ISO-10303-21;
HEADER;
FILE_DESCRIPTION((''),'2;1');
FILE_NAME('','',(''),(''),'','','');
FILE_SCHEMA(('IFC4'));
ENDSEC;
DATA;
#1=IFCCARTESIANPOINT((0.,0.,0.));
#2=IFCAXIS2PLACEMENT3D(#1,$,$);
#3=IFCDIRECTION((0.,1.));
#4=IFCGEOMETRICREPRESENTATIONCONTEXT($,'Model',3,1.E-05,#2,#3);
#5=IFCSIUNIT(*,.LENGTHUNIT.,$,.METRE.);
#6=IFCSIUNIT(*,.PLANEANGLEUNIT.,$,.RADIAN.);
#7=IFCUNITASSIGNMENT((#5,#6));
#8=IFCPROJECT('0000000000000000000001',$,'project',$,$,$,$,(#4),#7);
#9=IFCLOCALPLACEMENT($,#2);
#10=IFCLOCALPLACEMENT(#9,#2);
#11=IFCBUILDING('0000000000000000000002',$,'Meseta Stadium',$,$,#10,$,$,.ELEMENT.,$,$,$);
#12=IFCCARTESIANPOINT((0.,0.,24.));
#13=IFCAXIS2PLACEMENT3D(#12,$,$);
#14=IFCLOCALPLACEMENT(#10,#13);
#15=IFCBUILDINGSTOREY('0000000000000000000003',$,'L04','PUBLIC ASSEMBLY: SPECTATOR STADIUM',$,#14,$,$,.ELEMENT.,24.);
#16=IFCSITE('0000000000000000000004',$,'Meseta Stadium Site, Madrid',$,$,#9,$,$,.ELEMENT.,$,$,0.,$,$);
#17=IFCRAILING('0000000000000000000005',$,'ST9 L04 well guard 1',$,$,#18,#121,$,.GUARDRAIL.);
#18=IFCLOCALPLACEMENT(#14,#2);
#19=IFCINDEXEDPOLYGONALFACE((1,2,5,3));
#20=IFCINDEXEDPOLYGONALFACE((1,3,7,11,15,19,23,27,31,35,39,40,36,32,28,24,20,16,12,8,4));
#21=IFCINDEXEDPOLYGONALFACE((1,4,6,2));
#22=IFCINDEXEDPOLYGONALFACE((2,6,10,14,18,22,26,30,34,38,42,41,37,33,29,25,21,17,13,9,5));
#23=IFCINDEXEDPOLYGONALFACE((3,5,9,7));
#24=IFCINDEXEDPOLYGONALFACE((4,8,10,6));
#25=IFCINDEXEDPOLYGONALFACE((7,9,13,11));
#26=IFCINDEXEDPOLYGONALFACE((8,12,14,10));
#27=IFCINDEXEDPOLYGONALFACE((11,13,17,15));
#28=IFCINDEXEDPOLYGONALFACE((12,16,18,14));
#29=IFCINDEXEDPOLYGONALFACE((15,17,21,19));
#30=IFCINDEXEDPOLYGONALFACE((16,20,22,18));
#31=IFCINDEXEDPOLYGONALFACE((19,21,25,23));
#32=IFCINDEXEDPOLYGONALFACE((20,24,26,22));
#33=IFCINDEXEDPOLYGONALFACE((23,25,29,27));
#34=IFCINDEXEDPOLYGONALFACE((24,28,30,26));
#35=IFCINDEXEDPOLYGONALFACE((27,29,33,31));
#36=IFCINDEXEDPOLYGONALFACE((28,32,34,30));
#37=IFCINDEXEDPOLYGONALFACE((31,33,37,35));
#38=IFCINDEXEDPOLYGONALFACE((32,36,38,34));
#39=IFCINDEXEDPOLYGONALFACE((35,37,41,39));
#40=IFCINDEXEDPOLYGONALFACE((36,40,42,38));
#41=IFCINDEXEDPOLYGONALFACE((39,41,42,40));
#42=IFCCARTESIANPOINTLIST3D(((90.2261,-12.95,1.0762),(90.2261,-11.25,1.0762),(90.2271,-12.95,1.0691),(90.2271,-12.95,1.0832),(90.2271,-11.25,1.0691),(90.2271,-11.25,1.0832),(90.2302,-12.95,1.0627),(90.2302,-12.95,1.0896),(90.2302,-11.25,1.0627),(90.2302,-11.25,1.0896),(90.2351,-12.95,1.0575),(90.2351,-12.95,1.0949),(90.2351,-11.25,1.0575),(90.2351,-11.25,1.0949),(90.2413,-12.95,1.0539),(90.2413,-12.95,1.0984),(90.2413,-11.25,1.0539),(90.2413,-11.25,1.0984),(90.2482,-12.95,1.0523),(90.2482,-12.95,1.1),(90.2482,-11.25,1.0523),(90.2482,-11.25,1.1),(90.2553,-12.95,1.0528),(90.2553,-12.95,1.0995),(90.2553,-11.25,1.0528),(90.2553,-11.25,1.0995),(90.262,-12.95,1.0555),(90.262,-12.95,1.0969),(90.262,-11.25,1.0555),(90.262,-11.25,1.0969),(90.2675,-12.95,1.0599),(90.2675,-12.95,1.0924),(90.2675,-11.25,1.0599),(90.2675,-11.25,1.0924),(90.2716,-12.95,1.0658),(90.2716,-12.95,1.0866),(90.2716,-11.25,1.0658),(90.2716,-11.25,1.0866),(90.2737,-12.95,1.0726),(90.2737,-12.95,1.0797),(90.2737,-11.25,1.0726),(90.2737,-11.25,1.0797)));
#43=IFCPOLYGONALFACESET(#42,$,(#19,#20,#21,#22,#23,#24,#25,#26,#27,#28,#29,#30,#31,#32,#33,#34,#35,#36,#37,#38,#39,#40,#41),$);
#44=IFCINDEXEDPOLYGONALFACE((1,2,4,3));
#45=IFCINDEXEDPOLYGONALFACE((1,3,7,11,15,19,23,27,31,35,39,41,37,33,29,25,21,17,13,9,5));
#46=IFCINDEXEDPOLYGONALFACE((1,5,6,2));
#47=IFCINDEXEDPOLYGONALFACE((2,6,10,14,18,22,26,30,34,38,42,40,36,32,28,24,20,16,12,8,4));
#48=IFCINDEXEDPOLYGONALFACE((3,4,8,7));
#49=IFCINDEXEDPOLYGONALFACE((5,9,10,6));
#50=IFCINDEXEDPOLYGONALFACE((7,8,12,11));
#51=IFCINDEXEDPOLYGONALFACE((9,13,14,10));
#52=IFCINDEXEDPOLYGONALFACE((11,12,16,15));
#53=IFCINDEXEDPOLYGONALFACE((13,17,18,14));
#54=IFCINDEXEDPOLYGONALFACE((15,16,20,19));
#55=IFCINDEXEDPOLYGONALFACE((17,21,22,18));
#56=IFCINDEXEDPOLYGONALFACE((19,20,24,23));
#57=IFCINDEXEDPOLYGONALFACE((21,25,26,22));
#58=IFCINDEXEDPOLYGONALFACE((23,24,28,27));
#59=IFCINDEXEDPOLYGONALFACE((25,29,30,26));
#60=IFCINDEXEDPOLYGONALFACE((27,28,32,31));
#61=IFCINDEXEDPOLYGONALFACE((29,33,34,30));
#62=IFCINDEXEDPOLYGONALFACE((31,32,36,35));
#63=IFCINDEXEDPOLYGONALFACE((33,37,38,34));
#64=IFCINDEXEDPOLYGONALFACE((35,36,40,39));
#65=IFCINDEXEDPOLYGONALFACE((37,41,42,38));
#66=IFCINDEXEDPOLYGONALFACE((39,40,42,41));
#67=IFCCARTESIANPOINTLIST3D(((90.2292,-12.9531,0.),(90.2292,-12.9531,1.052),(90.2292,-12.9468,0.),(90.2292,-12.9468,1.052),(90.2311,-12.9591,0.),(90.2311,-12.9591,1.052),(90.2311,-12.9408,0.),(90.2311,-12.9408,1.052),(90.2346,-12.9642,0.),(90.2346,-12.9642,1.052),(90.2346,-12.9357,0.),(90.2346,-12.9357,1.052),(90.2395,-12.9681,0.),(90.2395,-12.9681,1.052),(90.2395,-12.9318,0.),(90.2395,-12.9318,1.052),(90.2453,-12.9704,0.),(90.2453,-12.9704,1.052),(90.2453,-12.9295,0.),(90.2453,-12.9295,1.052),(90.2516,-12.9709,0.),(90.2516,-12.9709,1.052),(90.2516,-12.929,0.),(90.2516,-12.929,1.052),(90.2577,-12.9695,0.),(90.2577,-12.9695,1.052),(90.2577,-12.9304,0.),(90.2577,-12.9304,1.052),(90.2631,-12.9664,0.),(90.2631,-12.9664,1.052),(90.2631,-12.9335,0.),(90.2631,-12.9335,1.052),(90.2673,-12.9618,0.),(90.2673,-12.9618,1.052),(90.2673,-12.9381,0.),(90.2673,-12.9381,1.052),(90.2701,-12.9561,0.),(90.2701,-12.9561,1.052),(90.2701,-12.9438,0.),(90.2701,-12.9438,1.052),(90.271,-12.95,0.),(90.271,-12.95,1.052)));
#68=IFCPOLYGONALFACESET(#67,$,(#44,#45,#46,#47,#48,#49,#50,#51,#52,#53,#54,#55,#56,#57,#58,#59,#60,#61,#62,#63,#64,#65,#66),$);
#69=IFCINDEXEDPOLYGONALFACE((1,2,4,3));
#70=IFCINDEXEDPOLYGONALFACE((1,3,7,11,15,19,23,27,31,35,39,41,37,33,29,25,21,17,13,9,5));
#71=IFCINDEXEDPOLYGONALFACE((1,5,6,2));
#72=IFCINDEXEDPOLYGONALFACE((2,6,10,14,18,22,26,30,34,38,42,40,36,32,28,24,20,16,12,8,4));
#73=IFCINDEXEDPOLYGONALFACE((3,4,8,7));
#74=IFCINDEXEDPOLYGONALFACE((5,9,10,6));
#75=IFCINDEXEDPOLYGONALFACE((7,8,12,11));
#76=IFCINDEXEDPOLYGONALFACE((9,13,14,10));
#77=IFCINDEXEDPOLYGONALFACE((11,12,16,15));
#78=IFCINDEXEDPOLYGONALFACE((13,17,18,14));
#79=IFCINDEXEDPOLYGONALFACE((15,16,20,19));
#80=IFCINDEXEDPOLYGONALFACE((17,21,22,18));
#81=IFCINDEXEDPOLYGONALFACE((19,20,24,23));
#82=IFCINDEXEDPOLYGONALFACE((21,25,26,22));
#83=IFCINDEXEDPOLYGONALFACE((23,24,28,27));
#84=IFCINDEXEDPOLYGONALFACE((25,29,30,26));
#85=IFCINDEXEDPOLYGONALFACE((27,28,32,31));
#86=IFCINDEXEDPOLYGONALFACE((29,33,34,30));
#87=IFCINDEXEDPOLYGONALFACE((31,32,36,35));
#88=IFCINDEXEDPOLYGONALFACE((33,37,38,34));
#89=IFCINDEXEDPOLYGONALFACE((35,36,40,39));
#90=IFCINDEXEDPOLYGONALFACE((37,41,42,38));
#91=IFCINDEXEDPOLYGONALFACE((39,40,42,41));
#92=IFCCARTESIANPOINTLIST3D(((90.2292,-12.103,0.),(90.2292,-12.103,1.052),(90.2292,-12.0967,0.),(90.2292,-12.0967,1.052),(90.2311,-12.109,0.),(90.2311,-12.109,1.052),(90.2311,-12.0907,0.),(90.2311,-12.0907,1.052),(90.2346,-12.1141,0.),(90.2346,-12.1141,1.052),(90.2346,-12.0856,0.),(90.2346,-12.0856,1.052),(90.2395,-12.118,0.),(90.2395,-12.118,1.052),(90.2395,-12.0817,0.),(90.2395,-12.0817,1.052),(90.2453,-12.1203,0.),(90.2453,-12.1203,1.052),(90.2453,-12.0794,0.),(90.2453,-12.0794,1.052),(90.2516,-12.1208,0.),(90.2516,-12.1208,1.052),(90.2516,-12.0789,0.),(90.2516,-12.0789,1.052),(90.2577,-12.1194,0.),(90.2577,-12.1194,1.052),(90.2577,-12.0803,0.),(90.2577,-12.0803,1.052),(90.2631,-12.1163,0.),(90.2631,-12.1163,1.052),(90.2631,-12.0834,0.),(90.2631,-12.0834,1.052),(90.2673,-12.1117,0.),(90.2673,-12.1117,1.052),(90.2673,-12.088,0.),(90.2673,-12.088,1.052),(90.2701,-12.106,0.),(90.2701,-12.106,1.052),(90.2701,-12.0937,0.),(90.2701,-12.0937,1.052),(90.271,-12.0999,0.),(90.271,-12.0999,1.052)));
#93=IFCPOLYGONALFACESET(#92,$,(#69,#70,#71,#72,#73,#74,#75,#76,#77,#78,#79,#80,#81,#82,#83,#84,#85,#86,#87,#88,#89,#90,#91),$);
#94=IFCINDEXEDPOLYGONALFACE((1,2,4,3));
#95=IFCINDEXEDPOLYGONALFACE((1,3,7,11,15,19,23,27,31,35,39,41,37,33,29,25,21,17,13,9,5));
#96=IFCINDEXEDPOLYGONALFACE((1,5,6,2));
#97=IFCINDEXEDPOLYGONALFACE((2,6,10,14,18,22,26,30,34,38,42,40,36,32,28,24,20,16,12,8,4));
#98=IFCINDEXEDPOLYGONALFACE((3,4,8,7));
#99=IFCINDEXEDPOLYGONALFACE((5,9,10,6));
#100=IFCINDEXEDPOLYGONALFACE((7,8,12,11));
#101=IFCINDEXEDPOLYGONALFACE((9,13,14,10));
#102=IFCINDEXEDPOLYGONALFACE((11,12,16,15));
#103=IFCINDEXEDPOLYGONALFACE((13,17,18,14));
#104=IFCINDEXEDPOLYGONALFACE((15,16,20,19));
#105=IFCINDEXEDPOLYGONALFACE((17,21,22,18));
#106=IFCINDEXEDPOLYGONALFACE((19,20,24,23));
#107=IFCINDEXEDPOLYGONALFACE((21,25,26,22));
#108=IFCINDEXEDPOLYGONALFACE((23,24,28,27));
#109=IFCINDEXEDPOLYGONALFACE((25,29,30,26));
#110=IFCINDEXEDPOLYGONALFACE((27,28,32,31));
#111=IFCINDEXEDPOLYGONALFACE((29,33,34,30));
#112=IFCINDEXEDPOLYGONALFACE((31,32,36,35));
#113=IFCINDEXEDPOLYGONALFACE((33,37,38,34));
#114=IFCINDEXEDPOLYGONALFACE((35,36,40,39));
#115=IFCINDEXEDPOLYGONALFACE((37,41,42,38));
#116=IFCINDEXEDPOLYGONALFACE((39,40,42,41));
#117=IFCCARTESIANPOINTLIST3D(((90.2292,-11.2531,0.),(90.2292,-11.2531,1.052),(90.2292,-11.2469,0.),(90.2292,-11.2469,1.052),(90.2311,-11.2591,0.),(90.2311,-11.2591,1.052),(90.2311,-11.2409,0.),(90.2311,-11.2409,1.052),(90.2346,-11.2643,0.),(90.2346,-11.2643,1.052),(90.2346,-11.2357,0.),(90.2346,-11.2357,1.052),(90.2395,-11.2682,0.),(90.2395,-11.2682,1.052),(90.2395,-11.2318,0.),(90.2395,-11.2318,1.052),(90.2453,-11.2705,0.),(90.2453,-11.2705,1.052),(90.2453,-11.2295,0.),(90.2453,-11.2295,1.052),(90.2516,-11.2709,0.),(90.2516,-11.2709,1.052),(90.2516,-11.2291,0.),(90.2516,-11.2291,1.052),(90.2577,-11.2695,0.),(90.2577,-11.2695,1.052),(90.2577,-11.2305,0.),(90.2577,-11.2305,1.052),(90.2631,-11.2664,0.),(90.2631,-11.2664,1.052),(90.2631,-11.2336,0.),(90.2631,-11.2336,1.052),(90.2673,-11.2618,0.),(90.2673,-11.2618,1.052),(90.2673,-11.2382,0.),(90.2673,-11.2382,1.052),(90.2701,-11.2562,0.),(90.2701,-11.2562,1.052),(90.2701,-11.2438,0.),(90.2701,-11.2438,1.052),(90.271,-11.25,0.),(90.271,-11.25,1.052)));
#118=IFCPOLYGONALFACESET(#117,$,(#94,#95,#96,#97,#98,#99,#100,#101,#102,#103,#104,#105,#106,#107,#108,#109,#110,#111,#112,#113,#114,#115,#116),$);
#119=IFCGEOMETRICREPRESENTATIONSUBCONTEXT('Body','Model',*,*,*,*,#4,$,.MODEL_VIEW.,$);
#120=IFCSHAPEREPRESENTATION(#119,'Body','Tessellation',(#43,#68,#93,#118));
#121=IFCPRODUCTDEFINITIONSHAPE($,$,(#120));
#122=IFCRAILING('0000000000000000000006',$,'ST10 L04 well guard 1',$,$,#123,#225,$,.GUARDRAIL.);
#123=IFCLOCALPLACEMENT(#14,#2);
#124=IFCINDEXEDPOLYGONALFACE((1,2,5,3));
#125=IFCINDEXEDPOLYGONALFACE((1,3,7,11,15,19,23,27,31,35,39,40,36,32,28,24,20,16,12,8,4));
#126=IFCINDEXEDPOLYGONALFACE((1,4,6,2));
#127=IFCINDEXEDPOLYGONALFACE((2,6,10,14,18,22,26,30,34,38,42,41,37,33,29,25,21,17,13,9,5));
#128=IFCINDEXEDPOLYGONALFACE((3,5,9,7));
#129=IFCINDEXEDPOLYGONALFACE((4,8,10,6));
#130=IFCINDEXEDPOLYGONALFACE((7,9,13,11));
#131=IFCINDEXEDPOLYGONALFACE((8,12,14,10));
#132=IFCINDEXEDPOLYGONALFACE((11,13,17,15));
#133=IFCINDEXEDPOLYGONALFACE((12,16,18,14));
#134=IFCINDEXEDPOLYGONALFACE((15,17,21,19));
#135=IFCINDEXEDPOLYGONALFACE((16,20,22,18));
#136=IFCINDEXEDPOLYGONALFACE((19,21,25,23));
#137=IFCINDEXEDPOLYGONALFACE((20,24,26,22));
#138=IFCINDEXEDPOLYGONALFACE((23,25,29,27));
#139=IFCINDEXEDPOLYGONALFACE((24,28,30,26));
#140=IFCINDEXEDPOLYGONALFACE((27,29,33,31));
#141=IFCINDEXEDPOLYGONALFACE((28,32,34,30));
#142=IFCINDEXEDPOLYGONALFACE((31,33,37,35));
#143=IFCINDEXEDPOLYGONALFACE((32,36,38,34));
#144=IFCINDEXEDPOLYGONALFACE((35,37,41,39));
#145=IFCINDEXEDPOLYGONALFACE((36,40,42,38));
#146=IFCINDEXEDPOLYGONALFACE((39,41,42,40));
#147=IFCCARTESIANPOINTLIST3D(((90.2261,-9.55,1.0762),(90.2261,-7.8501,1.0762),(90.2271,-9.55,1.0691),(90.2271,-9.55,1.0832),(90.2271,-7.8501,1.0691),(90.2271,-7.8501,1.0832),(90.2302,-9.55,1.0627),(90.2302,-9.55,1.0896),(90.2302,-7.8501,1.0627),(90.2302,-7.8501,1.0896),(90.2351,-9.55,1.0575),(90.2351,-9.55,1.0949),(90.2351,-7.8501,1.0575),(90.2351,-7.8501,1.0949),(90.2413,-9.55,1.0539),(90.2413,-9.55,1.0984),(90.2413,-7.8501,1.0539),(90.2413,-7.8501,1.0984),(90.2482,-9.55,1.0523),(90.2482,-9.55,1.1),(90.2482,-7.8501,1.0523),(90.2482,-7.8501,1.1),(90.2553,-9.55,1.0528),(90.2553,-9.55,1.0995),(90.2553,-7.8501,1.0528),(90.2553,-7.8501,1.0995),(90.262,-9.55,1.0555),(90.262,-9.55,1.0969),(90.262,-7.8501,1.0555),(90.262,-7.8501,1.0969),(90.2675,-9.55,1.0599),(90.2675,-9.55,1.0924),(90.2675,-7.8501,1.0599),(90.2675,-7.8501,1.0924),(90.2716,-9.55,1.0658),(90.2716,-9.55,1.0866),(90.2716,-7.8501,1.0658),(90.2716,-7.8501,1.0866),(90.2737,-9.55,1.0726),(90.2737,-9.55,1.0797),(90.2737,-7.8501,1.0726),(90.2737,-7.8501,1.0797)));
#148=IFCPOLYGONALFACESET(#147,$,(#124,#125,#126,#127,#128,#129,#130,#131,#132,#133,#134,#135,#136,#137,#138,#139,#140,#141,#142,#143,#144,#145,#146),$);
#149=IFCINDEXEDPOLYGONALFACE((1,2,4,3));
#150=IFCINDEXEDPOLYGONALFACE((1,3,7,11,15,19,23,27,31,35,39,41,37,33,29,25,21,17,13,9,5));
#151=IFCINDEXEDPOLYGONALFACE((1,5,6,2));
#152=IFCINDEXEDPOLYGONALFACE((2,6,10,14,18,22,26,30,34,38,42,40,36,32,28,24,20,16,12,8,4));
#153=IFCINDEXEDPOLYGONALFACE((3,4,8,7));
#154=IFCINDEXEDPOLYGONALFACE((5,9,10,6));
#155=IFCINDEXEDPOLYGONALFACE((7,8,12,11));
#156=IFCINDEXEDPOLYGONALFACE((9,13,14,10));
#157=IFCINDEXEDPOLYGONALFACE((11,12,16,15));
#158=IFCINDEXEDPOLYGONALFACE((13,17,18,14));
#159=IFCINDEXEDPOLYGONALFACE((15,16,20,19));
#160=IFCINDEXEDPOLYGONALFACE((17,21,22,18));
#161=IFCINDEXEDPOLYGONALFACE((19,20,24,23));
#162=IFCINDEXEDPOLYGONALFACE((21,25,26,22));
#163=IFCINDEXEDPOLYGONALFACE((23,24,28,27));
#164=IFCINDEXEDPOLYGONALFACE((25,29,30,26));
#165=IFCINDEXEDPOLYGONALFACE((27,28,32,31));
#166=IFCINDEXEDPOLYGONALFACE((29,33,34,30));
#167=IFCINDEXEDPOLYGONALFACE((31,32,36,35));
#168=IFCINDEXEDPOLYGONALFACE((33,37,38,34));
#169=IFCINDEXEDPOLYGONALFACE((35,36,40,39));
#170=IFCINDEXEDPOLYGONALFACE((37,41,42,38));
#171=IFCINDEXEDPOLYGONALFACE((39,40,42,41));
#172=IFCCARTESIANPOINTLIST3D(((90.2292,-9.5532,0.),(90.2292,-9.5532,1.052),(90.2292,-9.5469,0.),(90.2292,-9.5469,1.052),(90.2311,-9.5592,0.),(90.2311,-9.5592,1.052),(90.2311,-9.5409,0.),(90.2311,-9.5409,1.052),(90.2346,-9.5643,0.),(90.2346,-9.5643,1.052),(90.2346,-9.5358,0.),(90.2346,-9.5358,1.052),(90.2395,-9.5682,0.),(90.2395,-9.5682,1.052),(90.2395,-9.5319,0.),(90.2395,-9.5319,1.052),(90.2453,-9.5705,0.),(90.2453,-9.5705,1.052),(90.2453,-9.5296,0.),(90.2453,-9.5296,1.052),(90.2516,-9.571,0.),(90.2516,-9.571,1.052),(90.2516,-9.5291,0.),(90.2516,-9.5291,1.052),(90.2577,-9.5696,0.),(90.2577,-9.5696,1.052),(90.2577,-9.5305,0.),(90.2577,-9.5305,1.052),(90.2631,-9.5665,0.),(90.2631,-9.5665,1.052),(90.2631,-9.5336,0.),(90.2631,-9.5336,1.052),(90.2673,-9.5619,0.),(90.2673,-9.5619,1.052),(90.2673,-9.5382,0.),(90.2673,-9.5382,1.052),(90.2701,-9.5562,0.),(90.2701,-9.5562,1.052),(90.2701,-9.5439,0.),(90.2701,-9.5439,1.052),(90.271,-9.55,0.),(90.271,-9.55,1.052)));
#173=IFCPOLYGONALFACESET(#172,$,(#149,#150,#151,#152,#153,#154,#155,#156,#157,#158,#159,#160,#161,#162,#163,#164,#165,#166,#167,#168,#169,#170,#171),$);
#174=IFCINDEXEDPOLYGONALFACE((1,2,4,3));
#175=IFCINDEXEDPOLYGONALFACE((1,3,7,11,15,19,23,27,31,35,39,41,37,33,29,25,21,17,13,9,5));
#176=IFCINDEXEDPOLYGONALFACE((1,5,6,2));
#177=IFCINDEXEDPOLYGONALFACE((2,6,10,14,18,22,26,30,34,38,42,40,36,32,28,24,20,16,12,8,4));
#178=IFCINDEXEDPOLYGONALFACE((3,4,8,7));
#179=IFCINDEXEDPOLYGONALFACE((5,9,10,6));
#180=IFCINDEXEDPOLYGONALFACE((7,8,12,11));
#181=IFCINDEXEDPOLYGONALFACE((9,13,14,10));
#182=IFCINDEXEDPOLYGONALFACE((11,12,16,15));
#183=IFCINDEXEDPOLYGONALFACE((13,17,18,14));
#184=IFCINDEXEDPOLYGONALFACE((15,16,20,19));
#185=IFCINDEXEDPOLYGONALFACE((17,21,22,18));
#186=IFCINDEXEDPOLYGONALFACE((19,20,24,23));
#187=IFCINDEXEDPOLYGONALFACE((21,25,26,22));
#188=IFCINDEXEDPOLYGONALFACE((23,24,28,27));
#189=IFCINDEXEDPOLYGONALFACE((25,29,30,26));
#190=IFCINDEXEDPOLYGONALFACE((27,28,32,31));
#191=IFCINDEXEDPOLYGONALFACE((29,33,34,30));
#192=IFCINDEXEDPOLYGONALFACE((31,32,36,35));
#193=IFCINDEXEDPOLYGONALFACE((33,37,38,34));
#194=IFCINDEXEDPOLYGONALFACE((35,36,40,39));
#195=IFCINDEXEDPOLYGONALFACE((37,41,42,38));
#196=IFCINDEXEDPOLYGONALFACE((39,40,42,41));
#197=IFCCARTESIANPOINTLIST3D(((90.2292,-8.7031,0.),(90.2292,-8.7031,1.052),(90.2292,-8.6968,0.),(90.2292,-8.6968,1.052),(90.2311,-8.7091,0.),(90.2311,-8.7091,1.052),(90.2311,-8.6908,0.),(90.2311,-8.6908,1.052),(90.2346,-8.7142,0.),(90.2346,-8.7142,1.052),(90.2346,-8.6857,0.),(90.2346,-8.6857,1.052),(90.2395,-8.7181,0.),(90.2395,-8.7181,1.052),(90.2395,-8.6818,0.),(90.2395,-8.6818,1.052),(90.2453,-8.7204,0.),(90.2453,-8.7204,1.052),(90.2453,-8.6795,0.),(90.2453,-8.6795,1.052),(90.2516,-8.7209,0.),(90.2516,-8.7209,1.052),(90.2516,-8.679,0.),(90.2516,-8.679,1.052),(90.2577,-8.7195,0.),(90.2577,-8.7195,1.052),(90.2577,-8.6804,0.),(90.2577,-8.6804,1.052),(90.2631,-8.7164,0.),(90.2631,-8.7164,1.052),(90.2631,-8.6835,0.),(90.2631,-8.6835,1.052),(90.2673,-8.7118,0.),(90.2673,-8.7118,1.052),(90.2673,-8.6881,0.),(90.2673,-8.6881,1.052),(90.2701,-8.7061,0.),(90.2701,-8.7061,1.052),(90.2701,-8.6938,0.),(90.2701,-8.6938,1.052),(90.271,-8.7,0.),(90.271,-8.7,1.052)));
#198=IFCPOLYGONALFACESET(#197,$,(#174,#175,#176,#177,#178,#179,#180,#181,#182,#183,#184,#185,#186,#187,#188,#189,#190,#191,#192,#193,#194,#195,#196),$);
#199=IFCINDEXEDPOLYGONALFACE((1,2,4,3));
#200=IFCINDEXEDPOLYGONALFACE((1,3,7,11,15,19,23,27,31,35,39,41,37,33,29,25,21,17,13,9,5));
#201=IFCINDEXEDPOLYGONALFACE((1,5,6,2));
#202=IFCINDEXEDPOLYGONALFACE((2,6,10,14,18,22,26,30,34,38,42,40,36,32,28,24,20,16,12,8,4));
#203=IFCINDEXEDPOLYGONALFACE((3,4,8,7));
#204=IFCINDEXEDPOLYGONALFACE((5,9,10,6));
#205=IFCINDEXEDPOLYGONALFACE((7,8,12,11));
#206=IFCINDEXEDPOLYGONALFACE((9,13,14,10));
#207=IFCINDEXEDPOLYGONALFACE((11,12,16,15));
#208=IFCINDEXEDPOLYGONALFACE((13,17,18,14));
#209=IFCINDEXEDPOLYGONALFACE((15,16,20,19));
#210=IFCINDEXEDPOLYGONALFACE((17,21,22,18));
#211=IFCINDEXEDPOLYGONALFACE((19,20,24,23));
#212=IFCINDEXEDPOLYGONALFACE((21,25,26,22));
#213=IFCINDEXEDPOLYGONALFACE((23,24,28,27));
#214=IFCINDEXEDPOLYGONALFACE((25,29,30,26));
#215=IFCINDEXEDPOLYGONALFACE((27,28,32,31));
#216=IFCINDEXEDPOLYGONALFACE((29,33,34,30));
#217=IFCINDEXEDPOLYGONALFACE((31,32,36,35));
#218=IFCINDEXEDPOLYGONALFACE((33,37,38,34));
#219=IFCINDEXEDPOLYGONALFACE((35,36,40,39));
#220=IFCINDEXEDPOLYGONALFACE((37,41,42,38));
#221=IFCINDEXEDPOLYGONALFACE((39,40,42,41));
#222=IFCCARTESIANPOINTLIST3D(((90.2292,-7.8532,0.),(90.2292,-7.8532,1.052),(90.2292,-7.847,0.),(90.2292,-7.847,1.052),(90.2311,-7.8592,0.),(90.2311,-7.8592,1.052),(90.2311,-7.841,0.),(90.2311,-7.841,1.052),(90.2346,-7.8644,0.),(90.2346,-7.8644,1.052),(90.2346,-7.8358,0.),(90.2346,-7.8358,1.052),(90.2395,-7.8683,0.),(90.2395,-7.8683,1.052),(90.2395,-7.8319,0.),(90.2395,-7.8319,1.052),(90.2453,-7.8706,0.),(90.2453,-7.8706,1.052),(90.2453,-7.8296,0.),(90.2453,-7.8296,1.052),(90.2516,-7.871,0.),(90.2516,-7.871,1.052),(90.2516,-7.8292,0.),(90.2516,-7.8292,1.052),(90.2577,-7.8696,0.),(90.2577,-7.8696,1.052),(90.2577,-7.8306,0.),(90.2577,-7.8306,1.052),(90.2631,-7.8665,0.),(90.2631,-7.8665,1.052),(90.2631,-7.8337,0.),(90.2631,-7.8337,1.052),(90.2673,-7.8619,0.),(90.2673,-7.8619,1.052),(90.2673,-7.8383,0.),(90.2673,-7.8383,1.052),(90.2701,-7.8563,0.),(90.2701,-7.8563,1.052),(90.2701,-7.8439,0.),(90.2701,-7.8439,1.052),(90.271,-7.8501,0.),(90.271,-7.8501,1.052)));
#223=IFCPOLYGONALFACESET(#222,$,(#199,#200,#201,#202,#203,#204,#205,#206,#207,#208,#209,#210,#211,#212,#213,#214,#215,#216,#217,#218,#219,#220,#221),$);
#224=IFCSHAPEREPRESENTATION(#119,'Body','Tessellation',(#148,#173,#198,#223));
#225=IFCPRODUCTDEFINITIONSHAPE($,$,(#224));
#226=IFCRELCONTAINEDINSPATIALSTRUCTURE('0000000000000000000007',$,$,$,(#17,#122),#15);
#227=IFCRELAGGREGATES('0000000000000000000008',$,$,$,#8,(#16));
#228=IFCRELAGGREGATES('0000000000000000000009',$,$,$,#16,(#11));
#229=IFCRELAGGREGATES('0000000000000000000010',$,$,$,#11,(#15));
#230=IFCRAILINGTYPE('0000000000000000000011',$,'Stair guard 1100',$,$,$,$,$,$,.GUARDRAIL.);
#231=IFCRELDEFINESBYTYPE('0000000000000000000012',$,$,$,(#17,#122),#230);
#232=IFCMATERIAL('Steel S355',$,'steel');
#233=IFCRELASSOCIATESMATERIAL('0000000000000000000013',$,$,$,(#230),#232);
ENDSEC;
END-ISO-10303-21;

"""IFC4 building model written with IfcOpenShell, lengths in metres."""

from ifc_helpers import new_model, si_unit, direction, frame, origin, origin_2d, place, context, subcontext, project, spatial, circle, extrude, material, type_object, element, save


model = new_model("IFC4")

# Units and contexts
model_context = context("Model", 3, precision=1e-05, world=origin(), true_north=direction((0.0, 1.0)))
body_context = subcontext(model_context, "Body", "Model", "MODEL_VIEW")
ifc_project = project(units=[si_unit("LENGTHUNIT", "METRE"), si_unit("PLANEANGLEUNIT", "RADIAN")], contexts=[model_context])

# Site, building, storey
site_placement = place(None, origin())
site = spatial("IfcSite", under=ifc_project, at=site_placement, Name="Meseta Stadium Site, Madrid", CompositionType="ELEMENT", RefElevation=0.0)
building_placement = place(site_placement, origin())
building = spatial("IfcBuilding", under=site, at=building_placement, Name="Meseta Stadium", CompositionType="ELEMENT")
storey_placement = place(building_placement, frame((0.0, 0.0, 24.0)))
storey = spatial("IfcBuildingStorey", under=building, at=storey_placement, Name="L04", Description="PUBLIC ASSEMBLY: SPECTATOR STADIUM", CompositionType="ELEMENT", Elevation=24.0)

# Railings
ifc_material_1 = material(Name="Steel S355", Category="steel")
railing_type_1 = type_object("IfcRailingType", Name="Stair guard 1100", PredefinedType="GUARDRAIL", material=ifc_material_1)
for number, where, name in (
    (1, (90.25, -12.95, 0.0), "ST9 L04 well guard 1"),
    (2, (90.25, -9.55, 0.0), "ST10 L04 well guard 1"),
):
    element("IfcRailing", number, at=place(storey_placement, frame(where)), inside=storey, type_object=railing_type_1, Name=name, PredefinedType="GUARDRAIL", context=body_context, shape_type="SweptSolid", body=[
        extrude(circle(Radius=0.0239, at=origin_2d()), frame((0.0, 0.0, 1.0762), z_axis=(0.0, 1.0, 0.0), x_axis=(-1.0, 0.0, 0.0)), (0.0, 0.0, 1.0), 1.7),
        extrude(circle(Radius=0.021, at=origin_2d()), origin(), (0.0, 0.0, 1.0), 1.052),
        extrude(circle(Radius=0.021, at=origin_2d()), frame((0.0, 0.8501, 0.0)), (0.0, 0.0, 1.0), 1.052),
        extrude(circle(Radius=0.021, at=origin_2d()), frame((0.0, 1.7, 0.0)), (0.0, 0.0, 1.0), 1.052),
    ])

save(model, "model.ifc")
